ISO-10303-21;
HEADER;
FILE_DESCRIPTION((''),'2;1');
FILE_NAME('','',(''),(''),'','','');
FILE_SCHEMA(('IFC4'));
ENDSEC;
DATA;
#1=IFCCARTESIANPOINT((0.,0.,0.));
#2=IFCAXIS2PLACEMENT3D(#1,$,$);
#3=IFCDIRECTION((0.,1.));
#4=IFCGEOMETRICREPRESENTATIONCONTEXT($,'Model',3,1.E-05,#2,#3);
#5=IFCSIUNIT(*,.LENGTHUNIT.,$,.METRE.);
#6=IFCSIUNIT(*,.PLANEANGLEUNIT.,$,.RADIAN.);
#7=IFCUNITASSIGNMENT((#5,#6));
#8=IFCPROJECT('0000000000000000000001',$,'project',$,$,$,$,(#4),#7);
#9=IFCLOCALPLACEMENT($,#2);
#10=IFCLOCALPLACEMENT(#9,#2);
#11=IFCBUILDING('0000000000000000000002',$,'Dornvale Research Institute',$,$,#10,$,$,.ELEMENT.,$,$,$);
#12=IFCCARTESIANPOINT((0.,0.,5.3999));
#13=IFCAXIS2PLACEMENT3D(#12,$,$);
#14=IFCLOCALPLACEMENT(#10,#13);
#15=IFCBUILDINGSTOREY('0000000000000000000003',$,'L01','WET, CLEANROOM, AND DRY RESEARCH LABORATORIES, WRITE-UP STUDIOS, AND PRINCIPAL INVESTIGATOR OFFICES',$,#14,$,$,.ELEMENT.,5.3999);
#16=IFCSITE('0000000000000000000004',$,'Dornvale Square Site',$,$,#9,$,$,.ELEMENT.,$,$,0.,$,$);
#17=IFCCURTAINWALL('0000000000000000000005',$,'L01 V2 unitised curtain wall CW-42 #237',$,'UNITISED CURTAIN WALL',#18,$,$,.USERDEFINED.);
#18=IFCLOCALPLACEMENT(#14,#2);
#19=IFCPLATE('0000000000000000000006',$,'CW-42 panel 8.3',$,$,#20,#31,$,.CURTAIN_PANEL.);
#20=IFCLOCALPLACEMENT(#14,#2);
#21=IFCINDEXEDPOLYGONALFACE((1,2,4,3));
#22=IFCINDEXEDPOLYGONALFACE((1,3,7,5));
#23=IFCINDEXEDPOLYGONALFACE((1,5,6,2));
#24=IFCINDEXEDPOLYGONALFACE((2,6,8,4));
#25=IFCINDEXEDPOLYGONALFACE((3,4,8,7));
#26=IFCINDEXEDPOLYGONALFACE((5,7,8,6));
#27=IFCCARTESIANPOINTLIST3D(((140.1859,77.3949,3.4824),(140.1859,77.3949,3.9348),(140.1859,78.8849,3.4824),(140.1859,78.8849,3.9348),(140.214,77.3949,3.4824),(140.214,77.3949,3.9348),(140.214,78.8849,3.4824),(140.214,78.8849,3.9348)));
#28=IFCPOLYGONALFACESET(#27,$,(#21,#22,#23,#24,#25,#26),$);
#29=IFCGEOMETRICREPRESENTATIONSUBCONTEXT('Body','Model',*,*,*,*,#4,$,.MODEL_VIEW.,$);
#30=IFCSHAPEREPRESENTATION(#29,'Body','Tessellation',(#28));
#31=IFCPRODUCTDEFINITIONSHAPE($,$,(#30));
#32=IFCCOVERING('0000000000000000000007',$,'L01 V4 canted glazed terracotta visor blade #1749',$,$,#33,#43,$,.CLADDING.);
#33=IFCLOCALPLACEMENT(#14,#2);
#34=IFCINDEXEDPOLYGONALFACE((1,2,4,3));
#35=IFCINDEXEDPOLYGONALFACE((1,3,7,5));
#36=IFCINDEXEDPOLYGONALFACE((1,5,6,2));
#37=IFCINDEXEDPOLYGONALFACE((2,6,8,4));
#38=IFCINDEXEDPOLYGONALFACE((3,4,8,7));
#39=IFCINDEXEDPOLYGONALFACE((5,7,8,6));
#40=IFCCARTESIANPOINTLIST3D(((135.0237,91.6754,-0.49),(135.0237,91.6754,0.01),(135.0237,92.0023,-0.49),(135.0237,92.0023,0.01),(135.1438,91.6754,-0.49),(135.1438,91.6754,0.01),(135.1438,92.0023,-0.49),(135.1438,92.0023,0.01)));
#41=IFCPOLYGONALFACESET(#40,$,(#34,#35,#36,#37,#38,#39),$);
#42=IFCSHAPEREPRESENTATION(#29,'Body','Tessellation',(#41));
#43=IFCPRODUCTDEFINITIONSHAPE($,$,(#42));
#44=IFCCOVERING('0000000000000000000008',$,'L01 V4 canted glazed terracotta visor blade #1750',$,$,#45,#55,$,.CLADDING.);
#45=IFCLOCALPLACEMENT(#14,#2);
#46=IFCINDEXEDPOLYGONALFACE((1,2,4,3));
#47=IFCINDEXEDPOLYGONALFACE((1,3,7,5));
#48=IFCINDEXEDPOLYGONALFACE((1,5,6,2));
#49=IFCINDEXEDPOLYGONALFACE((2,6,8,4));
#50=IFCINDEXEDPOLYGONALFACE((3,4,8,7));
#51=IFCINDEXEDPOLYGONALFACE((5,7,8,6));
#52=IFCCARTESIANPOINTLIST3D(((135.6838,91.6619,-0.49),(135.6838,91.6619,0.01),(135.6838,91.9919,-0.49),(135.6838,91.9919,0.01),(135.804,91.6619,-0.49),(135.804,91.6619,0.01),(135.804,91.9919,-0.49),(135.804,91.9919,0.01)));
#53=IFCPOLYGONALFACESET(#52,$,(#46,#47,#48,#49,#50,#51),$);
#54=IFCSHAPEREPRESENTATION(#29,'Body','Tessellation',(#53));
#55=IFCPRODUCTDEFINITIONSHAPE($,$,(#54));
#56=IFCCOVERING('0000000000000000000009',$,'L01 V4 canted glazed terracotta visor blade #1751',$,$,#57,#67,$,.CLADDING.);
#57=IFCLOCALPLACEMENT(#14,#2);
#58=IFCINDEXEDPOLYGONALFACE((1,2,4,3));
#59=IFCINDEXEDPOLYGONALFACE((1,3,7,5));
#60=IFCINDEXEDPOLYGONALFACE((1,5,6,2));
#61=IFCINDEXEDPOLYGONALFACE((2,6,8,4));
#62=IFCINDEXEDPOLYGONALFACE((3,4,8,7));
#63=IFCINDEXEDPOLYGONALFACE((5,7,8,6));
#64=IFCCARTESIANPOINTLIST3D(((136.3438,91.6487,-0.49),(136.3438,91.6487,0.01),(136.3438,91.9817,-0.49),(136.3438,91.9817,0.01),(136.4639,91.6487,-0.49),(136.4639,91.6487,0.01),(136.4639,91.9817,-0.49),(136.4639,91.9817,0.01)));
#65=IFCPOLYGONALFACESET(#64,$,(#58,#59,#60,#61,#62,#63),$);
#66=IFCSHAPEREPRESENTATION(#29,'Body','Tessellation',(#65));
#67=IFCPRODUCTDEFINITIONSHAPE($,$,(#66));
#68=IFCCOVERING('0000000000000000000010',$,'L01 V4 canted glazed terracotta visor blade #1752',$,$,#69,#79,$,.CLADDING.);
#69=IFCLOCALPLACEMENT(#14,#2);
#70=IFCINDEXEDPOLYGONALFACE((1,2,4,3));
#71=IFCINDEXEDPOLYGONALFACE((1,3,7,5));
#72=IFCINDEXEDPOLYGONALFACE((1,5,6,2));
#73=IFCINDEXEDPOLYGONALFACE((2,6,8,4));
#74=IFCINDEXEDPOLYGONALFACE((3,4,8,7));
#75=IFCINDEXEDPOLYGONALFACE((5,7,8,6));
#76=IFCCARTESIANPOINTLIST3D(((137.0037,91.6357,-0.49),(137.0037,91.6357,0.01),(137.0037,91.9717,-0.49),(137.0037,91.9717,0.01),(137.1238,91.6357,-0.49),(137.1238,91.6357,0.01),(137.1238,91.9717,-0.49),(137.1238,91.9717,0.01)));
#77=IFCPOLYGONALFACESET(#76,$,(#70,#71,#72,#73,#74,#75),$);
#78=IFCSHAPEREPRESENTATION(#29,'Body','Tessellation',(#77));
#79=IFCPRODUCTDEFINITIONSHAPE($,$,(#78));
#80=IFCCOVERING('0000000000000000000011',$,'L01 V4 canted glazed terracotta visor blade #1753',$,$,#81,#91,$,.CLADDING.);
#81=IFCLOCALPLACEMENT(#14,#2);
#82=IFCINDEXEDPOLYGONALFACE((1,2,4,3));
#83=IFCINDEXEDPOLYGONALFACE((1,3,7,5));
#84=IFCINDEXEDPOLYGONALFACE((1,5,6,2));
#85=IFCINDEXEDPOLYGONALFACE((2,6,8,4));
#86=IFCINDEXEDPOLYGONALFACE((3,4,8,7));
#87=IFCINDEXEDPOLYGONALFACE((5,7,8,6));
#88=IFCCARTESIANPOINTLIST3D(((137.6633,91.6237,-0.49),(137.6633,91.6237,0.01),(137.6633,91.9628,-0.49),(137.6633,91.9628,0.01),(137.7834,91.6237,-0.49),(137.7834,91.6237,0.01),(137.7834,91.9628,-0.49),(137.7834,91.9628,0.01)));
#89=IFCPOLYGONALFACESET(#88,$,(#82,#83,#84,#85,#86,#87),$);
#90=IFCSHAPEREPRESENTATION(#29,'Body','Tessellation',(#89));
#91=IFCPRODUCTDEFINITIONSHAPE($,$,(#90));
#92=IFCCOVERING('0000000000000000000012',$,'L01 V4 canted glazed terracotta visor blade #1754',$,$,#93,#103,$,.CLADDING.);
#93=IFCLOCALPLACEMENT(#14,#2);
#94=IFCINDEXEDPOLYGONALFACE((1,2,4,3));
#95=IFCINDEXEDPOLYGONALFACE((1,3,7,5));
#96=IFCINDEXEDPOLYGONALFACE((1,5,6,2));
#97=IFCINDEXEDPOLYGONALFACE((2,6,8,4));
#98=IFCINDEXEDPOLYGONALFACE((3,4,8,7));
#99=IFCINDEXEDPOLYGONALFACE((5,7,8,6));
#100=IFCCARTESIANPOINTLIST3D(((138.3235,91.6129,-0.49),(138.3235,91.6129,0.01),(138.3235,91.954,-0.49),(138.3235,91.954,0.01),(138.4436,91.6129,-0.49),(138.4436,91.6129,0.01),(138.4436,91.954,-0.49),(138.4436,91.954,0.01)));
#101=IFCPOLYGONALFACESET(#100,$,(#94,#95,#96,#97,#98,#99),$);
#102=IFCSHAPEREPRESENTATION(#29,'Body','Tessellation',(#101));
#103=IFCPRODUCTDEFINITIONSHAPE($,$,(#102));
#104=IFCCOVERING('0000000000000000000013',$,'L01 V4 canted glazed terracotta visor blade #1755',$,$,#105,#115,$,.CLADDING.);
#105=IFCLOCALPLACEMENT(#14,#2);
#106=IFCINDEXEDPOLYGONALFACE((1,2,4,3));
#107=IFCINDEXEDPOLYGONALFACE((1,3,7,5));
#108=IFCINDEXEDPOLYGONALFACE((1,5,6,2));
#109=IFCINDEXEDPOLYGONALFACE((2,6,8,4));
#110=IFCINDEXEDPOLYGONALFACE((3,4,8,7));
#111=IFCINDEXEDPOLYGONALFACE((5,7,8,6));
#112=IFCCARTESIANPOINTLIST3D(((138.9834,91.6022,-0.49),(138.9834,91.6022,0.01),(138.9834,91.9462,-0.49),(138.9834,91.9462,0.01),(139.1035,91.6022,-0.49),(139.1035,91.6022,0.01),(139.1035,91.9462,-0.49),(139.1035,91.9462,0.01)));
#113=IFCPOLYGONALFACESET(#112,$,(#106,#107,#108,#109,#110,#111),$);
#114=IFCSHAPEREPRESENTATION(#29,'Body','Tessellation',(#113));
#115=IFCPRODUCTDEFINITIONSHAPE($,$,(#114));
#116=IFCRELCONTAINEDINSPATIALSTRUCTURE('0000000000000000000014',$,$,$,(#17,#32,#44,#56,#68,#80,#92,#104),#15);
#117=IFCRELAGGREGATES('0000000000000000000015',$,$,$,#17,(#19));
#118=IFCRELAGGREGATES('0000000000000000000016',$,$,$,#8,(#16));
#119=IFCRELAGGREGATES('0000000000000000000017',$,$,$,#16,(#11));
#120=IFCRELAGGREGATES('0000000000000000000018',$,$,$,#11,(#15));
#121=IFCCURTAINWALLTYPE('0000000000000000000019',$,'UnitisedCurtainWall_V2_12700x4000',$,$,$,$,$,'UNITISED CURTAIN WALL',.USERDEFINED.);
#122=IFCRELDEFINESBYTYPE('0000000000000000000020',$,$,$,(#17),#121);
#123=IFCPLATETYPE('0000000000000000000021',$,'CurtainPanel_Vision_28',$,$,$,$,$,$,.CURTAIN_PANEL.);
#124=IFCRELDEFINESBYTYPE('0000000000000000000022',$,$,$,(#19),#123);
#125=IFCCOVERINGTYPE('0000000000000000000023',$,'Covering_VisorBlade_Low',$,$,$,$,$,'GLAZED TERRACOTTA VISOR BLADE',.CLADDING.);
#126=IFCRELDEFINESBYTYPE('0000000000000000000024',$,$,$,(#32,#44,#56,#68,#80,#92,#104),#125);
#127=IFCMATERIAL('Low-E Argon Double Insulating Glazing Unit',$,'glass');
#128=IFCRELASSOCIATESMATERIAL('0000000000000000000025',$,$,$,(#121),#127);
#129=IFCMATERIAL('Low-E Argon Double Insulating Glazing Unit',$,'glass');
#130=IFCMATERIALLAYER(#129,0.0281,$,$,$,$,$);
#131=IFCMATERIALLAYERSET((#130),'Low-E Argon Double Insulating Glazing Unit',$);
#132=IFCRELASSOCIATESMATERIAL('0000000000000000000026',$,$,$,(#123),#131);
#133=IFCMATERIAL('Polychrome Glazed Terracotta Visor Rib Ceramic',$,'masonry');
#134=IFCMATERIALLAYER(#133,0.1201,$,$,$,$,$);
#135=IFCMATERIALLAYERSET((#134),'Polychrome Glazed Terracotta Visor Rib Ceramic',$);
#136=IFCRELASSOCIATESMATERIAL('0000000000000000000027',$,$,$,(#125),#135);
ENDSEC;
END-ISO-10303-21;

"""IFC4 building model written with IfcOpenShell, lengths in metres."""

from ifc_helpers import new_model, si_unit, direction, frame, origin, origin_2d, place, context, subcontext, project, spatial, rectangle, extrude, material, layer, layer_set, type_object, element, aggregate, save


model = new_model("IFC4")

# Units and contexts
model_context = context("Model", 3, precision=1e-05, world=origin(), true_north=direction((0.0, 1.0)))
body_context = subcontext(model_context, "Body", "Model", "MODEL_VIEW")
ifc_project = project(units=[si_unit("LENGTHUNIT", "METRE"), si_unit("PLANEANGLEUNIT", "RADIAN")], contexts=[model_context])

# Site, building, storey
site_placement = place(None, origin())
site = spatial("IfcSite", under=ifc_project, at=site_placement, Name="Dornvale Square Site", CompositionType="ELEMENT", RefElevation=0.0)
building_placement = place(site_placement, origin())
building = spatial("IfcBuilding", under=site, at=building_placement, Name="Dornvale Research Institute", CompositionType="ELEMENT")
storey_placement = place(building_placement, frame((0.0, 0.0, 5.3999)))
storey = spatial("IfcBuildingStorey", under=building, at=storey_placement, Name="L01", Description="WET, CLEANROOM, AND DRY RESEARCH LABORATORIES, WRITE-UP STUDIOS, AND PRINCIPAL INVESTIGATOR OFFICES", CompositionType="ELEMENT", Elevation=5.3999)

# Curtain wall
ifc_material_1 = material(Name="Low-E Argon Double Insulating Glazing Unit", Category="glass")
curtain_wall_type_1 = type_object("IfcCurtainWallType", Name="UnitisedCurtainWall_V2_12700x4000", ElementType="UNITISED CURTAIN WALL", PredefinedType="USERDEFINED", material=ifc_material_1)
curtain_wall_1_placement = place(storey_placement, origin())
curtain_wall_1 = element("IfcCurtainWall", 1, at=curtain_wall_1_placement, inside=storey, type_object=curtain_wall_type_1, Name="L01 V2 unitised curtain wall CW-42 #237", ObjectType="UNITISED CURTAIN WALL", PredefinedType="USERDEFINED")

# Plate
ifc_material_2 = material(Name="Low-E Argon Double Insulating Glazing Unit", Category="glass")
ifc_layer_1 = layer(ifc_material_2, 0.0281)
ifc_layer_set_1 = layer_set([ifc_layer_1], Name="Low-E Argon Double Insulating Glazing Unit")
plate_type_1 = type_object("IfcPlateType", Name="CurtainPanel_Vision_28", PredefinedType="CURTAIN_PANEL", material=ifc_layer_set_1)
plate_1_placement = place(storey_placement, frame((140.2, 78.1399, 3.4824), z_axis=(0.0, 0.0, 1.0), x_axis=(0.0, 1.0, 0.0)))
plate_1 = element("IfcPlate", 2, at=plate_1_placement, type_object=plate_type_1, Name="CW-42 panel 8.3", PredefinedType="CURTAIN_PANEL", context=body_context, shape_type="SweptSolid", body=[
    extrude(rectangle(XDim=1.49, YDim=0.0281, at=origin_2d()), origin(), (0.0, 0.0, 1.0), 0.4524),
])
aggregate(curtain_wall_1, [plate_1])

# Coverings
ifc_material_3 = material(Name="Polychrome Glazed Terracotta Visor Rib Ceramic", Category="masonry")
ifc_layer_2 = layer(ifc_material_3, 0.1201)
ifc_layer_set_2 = layer_set([ifc_layer_2], Name="Polychrome Glazed Terracotta Visor Rib Ceramic")
covering_type = type_object("IfcCoveringType", Name="Covering_VisorBlade_Low", ElementType="GLAZED TERRACOTTA VISOR BLADE", PredefinedType="CLADDING", material=ifc_layer_set_2)
covering_1_placement = place(storey_placement, frame((135.0837, 91.8389, -0.49), z_axis=(0.0, 0.0, 1.0), x_axis=(0.0, 1.0, 0.0)))
element("IfcCovering", 3, at=covering_1_placement, inside=storey, type_object=covering_type, Name="L01 V4 canted glazed terracotta visor blade #1749", PredefinedType="CLADDING", context=body_context, shape_type="SweptSolid", body=[
    extrude(rectangle(XDim=0.3269, YDim=0.1201, at=origin_2d()), origin(), (0.0, 0.0, 1.0), 0.5),
])
covering_2_placement = place(storey_placement, frame((135.7439, 91.8269, -0.49), z_axis=(0.0, 0.0, 1.0), x_axis=(0.0, 1.0, 0.0)))
element("IfcCovering", 4, at=covering_2_placement, inside=storey, type_object=covering_type, Name="L01 V4 canted glazed terracotta visor blade #1750", PredefinedType="CLADDING", context=body_context, shape_type="SweptSolid", body=[
    extrude(rectangle(XDim=0.3301, YDim=0.1201, at=origin_2d()), origin(), (0.0, 0.0, 1.0), 0.5),
])
covering_3_placement = place(storey_placement, frame((136.4038, 91.8152, -0.49), z_axis=(0.0, 0.0, 1.0), x_axis=(0.0, 1.0, 0.0)))
element("IfcCovering", 5, at=covering_3_placement, inside=storey, type_object=covering_type, Name="L01 V4 canted glazed terracotta visor blade #1751", PredefinedType="CLADDING", context=body_context, shape_type="SweptSolid", body=[
    extrude(rectangle(XDim=0.333, YDim=0.1201, at=origin_2d()), origin(), (0.0, 0.0, 1.0), 0.5),
])
covering_4_placement = place(storey_placement, frame((137.0637, 91.8037, -0.49), z_axis=(0.0, 0.0, 1.0), x_axis=(0.0, 1.0, 0.0)))
element("IfcCovering", 6, at=covering_4_placement, inside=storey, type_object=covering_type, Name="L01 V4 canted glazed terracotta visor blade #1752", PredefinedType="CLADDING", context=body_context, shape_type="SweptSolid", body=[
    extrude(rectangle(XDim=0.3359, YDim=0.1201, at=origin_2d()), origin(), (0.0, 0.0, 1.0), 0.5),
])
covering_5_placement = place(storey_placement, frame((137.7234, 91.7932, -0.49), z_axis=(0.0, 0.0, 1.0), x_axis=(0.0, 1.0, 0.0)))
element("IfcCovering", 7, at=covering_5_placement, inside=storey, type_object=covering_type, Name="L01 V4 canted glazed terracotta visor blade #1753", PredefinedType="CLADDING", context=body_context, shape_type="SweptSolid", body=[
    extrude(rectangle(XDim=0.3391, YDim=0.1201, at=origin_2d()), origin(), (0.0, 0.0, 1.0), 0.5),
])
covering_6_placement = place(storey_placement, frame((138.3835, 91.7834, -0.49), z_axis=(0.0, 0.0, 1.0), x_axis=(0.0, 1.0, 0.0)))
element("IfcCovering", 8, at=covering_6_placement, inside=storey, type_object=covering_type, Name="L01 V4 canted glazed terracotta visor blade #1754", PredefinedType="CLADDING", context=body_context, shape_type="SweptSolid", body=[
    extrude(rectangle(XDim=0.3411, YDim=0.1201, at=origin_2d()), origin(), (0.0, 0.0, 1.0), 0.5),
])
covering_7_placement = place(storey_placement, frame((139.0435, 91.7742, -0.49), z_axis=(0.0, 0.0, 1.0), x_axis=(0.0, 1.0, 0.0)))
element("IfcCovering", 9, at=covering_7_placement, inside=storey, type_object=covering_type, Name="L01 V4 canted glazed terracotta visor blade #1755", PredefinedType="CLADDING", context=body_context, shape_type="SweptSolid", body=[
    extrude(rectangle(XDim=0.344, YDim=0.1201, at=origin_2d()), origin(), (0.0, 0.0, 1.0), 0.5),
])

save(model, "model.ifc")
